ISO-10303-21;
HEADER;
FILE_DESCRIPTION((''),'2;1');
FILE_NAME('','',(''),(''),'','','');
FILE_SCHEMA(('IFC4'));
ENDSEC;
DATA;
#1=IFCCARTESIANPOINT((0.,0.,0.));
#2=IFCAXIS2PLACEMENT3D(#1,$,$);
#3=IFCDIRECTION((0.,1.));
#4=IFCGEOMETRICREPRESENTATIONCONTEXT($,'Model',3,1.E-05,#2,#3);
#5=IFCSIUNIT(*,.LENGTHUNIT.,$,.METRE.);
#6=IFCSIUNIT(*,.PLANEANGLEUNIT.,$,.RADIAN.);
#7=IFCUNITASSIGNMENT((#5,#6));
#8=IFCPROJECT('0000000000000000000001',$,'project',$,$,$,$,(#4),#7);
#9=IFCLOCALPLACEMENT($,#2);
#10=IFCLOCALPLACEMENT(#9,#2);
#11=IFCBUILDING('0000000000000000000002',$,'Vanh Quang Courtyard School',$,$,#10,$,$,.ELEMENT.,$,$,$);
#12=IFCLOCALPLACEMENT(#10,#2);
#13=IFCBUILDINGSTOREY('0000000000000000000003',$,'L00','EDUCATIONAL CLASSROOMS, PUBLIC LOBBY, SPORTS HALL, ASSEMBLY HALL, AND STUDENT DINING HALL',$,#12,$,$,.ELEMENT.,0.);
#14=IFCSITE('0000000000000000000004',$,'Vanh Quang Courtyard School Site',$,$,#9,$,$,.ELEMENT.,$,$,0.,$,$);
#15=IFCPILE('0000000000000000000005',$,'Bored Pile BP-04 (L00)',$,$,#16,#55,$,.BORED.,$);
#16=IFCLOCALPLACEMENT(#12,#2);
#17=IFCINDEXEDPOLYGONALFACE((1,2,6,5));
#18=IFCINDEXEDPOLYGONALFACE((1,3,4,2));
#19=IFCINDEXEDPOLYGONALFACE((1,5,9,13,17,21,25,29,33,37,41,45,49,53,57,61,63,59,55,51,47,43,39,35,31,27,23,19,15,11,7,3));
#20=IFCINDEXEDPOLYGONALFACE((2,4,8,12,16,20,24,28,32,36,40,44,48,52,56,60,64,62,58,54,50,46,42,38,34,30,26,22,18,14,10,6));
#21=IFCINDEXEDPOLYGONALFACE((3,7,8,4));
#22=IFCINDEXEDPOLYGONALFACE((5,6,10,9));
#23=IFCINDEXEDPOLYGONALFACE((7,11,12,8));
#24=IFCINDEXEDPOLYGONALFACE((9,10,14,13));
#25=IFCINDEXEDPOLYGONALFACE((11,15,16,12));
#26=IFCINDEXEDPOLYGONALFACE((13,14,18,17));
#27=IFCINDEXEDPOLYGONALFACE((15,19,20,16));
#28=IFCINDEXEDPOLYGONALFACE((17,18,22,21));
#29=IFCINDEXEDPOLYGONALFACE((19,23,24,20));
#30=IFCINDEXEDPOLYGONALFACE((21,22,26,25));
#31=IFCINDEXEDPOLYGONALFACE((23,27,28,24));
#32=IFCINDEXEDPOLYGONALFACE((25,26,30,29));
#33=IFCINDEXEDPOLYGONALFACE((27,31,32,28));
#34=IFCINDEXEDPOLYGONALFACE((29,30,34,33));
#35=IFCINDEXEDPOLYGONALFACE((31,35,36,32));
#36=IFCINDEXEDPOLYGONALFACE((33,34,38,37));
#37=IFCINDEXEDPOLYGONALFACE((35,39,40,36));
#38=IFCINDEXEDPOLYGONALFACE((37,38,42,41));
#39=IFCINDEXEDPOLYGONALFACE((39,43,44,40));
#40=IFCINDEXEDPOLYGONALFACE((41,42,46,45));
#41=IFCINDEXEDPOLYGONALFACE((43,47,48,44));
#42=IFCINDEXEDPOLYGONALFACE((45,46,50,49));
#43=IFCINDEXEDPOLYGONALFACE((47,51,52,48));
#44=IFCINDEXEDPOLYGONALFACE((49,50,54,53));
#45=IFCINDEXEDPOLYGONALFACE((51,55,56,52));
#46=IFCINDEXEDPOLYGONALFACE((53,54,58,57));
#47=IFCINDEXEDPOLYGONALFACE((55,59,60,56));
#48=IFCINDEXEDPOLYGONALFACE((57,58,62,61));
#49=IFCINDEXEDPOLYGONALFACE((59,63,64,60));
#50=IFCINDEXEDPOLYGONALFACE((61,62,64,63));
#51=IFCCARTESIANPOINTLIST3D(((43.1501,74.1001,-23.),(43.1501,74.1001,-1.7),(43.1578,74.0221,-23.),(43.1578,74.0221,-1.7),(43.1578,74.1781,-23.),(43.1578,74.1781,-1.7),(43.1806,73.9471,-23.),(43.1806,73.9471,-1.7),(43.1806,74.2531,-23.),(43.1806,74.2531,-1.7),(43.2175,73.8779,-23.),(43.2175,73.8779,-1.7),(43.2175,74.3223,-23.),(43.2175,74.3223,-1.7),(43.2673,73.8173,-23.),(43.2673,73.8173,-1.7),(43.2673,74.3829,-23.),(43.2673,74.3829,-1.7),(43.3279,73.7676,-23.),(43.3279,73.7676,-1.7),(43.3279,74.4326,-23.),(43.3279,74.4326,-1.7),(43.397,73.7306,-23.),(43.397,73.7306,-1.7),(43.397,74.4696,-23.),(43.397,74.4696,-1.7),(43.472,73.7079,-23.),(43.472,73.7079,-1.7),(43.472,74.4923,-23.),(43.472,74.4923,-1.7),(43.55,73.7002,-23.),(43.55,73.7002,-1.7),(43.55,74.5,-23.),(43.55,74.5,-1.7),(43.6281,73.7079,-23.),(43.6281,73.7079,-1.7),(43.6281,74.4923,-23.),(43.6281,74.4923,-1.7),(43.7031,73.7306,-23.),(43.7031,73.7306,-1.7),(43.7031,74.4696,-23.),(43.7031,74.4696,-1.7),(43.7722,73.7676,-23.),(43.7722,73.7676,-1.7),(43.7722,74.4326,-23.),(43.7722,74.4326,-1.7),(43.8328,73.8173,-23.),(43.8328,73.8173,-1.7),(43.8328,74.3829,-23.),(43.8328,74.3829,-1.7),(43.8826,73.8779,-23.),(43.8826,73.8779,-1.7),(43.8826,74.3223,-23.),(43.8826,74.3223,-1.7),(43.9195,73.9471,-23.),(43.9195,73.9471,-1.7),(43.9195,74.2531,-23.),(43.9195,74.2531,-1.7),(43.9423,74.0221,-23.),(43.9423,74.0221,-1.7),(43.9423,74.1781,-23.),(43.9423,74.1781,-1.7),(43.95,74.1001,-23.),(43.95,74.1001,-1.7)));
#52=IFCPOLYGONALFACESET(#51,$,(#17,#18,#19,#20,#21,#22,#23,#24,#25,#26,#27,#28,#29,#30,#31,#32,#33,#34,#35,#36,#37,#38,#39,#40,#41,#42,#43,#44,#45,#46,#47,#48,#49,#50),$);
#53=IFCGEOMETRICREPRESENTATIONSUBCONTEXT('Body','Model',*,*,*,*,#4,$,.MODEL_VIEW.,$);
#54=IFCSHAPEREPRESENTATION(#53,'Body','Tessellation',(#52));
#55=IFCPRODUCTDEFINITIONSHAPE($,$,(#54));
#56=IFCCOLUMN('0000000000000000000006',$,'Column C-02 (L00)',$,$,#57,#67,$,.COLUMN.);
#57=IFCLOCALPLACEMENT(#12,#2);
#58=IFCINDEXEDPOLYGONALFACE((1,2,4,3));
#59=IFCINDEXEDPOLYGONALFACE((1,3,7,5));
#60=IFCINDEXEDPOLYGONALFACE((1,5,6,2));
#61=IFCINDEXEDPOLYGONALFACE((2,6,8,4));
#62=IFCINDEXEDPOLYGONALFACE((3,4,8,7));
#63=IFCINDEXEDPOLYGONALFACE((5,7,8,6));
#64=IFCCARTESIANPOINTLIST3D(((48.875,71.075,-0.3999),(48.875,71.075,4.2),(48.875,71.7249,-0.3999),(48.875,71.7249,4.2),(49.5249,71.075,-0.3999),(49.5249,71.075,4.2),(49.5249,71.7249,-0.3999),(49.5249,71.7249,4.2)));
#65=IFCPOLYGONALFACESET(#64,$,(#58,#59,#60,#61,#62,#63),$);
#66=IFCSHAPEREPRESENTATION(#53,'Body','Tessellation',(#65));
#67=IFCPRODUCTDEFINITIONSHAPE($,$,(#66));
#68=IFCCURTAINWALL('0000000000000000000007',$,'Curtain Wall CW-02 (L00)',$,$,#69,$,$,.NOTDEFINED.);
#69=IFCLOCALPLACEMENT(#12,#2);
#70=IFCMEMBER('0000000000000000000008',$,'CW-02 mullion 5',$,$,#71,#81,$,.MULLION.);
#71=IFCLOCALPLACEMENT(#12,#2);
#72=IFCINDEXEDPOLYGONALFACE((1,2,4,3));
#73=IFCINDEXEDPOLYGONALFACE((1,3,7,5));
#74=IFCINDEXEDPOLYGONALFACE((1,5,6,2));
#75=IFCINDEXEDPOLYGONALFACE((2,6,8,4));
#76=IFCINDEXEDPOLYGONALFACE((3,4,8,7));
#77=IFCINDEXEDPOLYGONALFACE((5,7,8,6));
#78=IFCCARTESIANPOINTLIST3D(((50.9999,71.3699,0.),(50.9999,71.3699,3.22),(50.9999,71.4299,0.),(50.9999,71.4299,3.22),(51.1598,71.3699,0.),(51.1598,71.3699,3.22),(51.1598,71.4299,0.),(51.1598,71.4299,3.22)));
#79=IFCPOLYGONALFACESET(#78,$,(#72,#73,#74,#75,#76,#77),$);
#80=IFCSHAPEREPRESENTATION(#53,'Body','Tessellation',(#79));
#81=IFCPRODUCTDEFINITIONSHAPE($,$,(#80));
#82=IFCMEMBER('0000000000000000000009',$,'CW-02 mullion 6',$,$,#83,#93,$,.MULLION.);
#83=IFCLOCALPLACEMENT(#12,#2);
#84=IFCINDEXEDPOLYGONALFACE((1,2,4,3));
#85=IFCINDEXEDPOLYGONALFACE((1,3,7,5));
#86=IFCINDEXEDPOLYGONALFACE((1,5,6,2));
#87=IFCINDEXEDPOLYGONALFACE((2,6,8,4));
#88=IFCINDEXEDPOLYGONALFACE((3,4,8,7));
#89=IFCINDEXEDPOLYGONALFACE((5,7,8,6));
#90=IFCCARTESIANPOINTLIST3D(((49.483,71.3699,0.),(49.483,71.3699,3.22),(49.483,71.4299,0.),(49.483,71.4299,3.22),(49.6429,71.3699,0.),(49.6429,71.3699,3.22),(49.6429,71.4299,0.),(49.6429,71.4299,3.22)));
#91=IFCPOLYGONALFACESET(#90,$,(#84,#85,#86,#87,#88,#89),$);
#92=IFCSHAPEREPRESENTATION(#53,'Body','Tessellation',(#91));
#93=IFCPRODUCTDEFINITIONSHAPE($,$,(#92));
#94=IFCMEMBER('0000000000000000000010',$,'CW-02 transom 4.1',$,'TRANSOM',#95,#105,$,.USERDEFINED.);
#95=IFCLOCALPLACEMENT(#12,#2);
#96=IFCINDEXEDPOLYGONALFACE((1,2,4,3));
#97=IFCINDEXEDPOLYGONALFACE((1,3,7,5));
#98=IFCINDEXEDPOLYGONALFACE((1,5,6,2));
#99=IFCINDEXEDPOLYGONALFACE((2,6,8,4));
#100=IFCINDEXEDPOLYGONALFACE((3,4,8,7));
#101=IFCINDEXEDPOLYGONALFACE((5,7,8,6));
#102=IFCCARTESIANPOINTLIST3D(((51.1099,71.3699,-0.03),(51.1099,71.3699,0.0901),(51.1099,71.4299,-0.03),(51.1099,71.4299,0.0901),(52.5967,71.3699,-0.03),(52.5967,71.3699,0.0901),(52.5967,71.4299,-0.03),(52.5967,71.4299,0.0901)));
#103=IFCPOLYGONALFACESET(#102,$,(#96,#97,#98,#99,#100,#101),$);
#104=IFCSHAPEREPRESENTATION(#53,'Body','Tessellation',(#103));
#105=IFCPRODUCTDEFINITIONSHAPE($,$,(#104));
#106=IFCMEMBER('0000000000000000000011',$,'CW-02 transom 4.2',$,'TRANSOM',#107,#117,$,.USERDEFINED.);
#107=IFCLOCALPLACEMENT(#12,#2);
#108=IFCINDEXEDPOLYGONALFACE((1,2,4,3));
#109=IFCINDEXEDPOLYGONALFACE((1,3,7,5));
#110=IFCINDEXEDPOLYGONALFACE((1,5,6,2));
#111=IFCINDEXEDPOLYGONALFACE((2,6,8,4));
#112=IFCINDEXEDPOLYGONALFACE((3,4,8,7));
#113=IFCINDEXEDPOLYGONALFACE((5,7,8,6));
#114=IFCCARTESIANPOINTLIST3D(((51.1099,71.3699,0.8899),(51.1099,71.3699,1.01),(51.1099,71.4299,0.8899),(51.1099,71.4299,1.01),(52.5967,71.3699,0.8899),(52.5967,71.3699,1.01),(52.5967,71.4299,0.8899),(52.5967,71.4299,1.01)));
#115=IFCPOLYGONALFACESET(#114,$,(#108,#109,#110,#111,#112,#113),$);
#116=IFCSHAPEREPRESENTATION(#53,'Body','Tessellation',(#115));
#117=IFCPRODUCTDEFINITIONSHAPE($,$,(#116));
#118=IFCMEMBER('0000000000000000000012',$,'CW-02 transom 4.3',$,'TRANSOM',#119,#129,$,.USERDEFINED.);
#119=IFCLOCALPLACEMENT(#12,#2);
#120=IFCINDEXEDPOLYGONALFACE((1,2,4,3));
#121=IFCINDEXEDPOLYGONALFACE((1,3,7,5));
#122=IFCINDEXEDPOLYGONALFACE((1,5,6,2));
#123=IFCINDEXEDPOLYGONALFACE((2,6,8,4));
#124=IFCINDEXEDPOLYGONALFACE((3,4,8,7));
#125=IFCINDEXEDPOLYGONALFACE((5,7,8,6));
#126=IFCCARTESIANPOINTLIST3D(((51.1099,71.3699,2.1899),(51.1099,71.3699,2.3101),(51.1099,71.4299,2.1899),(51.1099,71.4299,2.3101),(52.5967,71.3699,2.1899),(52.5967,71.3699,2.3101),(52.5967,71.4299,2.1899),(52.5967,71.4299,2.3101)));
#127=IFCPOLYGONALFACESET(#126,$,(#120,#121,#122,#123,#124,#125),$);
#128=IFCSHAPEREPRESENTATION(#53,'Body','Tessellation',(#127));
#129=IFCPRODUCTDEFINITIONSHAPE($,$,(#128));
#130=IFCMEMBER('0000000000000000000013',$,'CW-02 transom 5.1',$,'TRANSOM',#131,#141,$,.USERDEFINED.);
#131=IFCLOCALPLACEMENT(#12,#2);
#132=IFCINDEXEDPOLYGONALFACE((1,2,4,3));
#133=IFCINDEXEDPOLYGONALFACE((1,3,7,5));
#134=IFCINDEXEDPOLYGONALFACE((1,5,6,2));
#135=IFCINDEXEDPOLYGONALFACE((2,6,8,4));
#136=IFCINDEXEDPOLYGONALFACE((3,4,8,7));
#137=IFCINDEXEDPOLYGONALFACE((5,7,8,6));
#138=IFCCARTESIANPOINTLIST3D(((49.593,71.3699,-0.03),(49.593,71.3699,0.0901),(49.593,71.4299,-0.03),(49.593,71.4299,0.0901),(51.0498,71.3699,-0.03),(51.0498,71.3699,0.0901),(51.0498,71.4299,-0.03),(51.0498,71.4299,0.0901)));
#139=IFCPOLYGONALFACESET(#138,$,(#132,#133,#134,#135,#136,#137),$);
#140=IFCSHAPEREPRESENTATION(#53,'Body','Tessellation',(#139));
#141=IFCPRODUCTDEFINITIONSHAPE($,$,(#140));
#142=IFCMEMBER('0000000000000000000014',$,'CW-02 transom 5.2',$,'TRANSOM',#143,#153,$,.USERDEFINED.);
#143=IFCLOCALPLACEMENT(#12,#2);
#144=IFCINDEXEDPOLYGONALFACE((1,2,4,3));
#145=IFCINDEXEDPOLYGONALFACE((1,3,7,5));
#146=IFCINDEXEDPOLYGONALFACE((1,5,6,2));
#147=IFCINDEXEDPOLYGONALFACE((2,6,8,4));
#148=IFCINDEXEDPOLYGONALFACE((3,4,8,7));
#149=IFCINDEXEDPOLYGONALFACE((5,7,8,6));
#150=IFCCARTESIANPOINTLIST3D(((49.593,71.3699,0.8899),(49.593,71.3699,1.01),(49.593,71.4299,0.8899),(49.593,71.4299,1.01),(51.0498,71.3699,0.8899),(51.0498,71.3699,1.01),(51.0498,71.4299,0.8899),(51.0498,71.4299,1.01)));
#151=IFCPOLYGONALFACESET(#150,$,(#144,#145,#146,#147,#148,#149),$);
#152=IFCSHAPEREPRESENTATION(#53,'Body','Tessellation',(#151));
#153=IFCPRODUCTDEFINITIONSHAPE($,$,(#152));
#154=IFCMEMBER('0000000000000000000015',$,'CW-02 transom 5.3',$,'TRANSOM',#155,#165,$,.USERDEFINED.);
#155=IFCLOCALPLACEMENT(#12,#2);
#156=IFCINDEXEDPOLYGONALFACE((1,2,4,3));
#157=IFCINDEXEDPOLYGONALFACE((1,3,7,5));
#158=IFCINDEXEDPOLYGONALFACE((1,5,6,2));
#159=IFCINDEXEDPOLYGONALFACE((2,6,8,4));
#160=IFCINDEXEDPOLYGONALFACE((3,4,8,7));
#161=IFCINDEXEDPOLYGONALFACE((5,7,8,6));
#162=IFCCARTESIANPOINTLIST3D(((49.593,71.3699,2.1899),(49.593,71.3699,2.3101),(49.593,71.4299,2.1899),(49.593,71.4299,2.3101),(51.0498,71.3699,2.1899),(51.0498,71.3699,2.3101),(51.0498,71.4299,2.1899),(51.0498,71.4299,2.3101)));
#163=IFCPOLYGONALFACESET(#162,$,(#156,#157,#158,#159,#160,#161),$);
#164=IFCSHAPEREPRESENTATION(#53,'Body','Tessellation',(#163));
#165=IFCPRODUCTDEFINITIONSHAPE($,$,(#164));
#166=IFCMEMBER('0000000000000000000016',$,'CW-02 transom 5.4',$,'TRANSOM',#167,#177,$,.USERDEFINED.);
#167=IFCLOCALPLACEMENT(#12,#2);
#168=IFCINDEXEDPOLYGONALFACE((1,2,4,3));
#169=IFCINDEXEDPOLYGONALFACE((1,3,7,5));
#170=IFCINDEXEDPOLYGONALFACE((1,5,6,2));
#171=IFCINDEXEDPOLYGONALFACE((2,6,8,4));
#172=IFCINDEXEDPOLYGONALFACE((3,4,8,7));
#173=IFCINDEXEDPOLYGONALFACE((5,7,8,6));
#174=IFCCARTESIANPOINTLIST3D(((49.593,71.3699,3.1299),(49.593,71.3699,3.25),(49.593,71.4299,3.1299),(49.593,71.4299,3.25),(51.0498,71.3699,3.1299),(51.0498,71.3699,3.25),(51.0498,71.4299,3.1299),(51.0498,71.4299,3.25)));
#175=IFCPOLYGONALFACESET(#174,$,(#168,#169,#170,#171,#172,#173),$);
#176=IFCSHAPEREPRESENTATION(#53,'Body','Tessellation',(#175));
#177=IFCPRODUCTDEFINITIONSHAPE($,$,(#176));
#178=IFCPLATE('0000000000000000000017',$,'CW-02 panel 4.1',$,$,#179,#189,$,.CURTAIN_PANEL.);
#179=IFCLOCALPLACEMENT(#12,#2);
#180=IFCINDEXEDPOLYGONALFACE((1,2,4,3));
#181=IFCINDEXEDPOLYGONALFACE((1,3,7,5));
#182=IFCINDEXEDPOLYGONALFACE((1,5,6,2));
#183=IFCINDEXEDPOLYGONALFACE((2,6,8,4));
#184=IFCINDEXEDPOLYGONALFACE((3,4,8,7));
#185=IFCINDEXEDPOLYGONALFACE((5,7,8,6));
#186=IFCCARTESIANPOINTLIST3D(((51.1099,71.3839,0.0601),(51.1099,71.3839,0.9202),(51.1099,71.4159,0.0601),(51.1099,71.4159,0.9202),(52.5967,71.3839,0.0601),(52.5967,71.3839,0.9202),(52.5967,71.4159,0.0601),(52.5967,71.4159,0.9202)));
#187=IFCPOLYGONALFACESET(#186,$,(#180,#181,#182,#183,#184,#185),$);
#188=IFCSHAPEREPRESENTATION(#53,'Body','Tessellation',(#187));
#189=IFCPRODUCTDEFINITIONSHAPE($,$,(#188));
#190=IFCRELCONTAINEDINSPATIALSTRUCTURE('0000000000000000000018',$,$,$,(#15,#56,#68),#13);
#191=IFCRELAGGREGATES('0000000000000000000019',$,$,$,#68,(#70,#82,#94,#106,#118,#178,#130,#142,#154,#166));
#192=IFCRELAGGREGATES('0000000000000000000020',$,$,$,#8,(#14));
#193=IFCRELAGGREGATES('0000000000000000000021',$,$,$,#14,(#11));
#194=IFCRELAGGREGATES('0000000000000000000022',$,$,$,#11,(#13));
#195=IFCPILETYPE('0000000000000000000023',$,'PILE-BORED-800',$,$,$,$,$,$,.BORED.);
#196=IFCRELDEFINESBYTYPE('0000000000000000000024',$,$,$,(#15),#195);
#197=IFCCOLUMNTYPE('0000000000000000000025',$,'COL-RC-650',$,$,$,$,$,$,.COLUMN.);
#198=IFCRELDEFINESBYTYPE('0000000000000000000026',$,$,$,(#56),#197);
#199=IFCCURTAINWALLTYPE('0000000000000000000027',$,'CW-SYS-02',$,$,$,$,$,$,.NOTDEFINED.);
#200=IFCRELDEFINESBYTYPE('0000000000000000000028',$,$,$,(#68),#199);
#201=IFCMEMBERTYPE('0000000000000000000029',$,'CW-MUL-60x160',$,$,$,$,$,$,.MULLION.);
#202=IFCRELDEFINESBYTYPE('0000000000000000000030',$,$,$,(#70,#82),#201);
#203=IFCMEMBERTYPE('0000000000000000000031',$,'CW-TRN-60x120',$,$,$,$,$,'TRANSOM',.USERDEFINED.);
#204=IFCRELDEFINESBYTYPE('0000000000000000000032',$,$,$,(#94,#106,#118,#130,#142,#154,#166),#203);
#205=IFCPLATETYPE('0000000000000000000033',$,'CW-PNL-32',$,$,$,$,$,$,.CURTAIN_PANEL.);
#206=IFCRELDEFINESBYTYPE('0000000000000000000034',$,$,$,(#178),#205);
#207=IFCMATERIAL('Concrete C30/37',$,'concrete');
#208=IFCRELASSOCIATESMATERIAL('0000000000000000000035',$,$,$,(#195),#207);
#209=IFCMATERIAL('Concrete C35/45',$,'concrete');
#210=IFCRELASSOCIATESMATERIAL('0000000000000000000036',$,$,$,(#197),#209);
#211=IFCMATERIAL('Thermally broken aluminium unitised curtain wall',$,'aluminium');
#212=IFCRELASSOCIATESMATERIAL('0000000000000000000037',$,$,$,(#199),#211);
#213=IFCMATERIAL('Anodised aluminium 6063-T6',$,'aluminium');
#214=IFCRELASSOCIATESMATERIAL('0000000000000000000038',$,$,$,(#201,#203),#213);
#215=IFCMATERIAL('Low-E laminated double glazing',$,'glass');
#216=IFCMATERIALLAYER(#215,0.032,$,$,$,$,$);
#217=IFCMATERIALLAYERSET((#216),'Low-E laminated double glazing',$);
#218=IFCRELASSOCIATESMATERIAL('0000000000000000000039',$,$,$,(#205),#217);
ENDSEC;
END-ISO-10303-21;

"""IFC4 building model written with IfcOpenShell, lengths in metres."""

from ifc_helpers import new_model, si_unit, direction, frame, origin, origin_2d, place, context, subcontext, project, spatial, rectangle, circle, extrude, material, layer, layer_set, material_profile, profile_set, type_object, element, aggregate, save


model = new_model("IFC4")

# Units and contexts
model_context = context("Model", 3, precision=1e-05, world=origin(), true_north=direction((0.0, 1.0)))
body_context = subcontext(model_context, "Body", "Model", "MODEL_VIEW")
ifc_project = project(units=[si_unit("LENGTHUNIT", "METRE"), si_unit("PLANEANGLEUNIT", "RADIAN")], contexts=[model_context])

# Site, building, storey
site_placement = place(None, origin())
site = spatial("IfcSite", under=ifc_project, at=site_placement, Name="Vanh Quang Courtyard School Site", CompositionType="ELEMENT", RefElevation=0.0)
building_placement = place(site_placement, origin())
building = spatial("IfcBuilding", under=site, at=building_placement, Name="Vanh Quang Courtyard School", CompositionType="ELEMENT")
storey_placement = place(building_placement, origin())
storey = spatial("IfcBuildingStorey", under=building, at=storey_placement, Name="L00", Description="EDUCATIONAL CLASSROOMS, PUBLIC LOBBY, SPORTS HALL, ASSEMBLY HALL, AND STUDENT DINING HALL", CompositionType="ELEMENT", Elevation=0.0)

# Shared definitions
ifc_material_1 = material(Name="Concrete C35/45", Category="concrete")

# Pile
ifc_material_2 = material(Name="Concrete C30/37", Category="concrete")
ifc_material_profile_1 = material_profile(ifc_material_2, circle(Radius=0.3999, at=origin_2d()), Name="PILE D800")
ifc_profile_set_1 = profile_set([ifc_material_profile_1], Name="Concrete C30/37")
pile_type_1 = type_object("IfcPileType", Name="PILE-BORED-800", PredefinedType="BORED", material=ifc_profile_set_1)
for number, where, z_axis, x_axis, name in (
    (1, (43.55, 74.1001, -1.7), (0.0, 0.0, -1.0), (1.0, 0.0, 0.0), "Bored Pile BP-04 (L00)"),
):
    element("IfcPile", number, at=place(storey_placement, frame(where, z_axis=z_axis, x_axis=x_axis)), inside=storey, type_object=pile_type_1, Name=name, PredefinedType="BORED", context=body_context, shape_type="SweptSolid", body=[
        extrude(circle(Radius=0.3999, at=origin_2d()), origin(), (0.0, 0.0, 1.0), 21.3),
    ])

# Column
ifc_material_profile_2 = material_profile(ifc_material_1, rectangle(XDim=0.6499, YDim=0.6499, at=origin_2d()), Name="RC-COL 650x650")
ifc_profile_set_2 = profile_set([ifc_material_profile_2], Name="Concrete C35/45")
column_type = type_object("IfcColumnType", Name="COL-RC-650", PredefinedType="COLUMN", material=ifc_profile_set_2)
column_placement = place(storey_placement, frame((49.2, 71.3999, -0.3999), z_axis=(0.0, 0.0, 1.0), x_axis=(1.0, 0.0, 0.0)))
element("IfcColumn", 2, at=column_placement, inside=storey, type_object=column_type, Name="Column C-02 (L00)", PredefinedType="COLUMN", context=body_context, shape_type="SweptSolid", body=[
    extrude(rectangle(XDim=0.6499, YDim=0.6499, at=origin_2d()), origin(), (0.0, 0.0, 1.0), 4.5999),
])

# Curtain wall, members, plate
ifc_material_3 = material(Name="Thermally broken aluminium unitised curtain wall", Category="aluminium")
curtain_wall_type = type_object("IfcCurtainWallType", Name="CW-SYS-02", PredefinedType="NOTDEFINED", material=ifc_material_3)
curtain_wall_placement = place(storey_placement, origin())
curtain_wall = element("IfcCurtainWall", 3, at=curtain_wall_placement, inside=storey, type_object=curtain_wall_type, Name="Curtain Wall CW-02 (L00)", PredefinedType="NOTDEFINED")
ifc_material_4 = material(Name="Anodised aluminium 6063-T6", Category="aluminium")
ifc_material_profile_3 = material_profile(ifc_material_4, rectangle(XDim=0.0601, YDim=0.1599, at=origin_2d()), Name="ALU-MUL 60x160")
ifc_profile_set_3 = profile_set([ifc_material_profile_3], Name="Anodised aluminium 6063-T6")
member_type_1 = type_object("IfcMemberType", Name="CW-MUL-60x160", PredefinedType="MULLION", material=ifc_profile_set_3)
member_1_placement = place(storey_placement, frame((51.0798, 71.3999, 0.0), z_axis=(0.0, 0.0, 1.0), x_axis=(0.0, -1.0, 0.0)))
member_1 = element("IfcMember", 4, at=member_1_placement, type_object=member_type_1, Name="CW-02 mullion 5", PredefinedType="MULLION", context=body_context, shape_type="SweptSolid", body=[
    extrude(rectangle(XDim=0.0601, YDim=0.1599, at=origin_2d()), origin(), (0.0, 0.0, 1.0), 3.22),
])
member_2_placement = place(storey_placement, frame((49.563, 71.3999, 0.0), z_axis=(0.0, 0.0, 1.0), x_axis=(0.0, -1.0, 0.0)))
member_2 = element("IfcMember", 5, at=member_2_placement, type_object=member_type_1, Name="CW-02 mullion 6", PredefinedType="MULLION", context=body_context, shape_type="SweptSolid", body=[
    extrude(rectangle(XDim=0.0601, YDim=0.1599, at=origin_2d()), origin(), (0.0, 0.0, 1.0), 3.22),
])
ifc_material_profile_4 = material_profile(ifc_material_4, rectangle(XDim=0.0601, YDim=0.1201, at=origin_2d()), Name="ALU-TRN 60x120")
ifc_profile_set_4 = profile_set([ifc_material_profile_4], Name="Anodised aluminium 6063-T6")
member_type_2 = type_object("IfcMemberType", Name="CW-TRN-60x120", ElementType="TRANSOM", PredefinedType="USERDEFINED", material=ifc_profile_set_4)
member_3_placement = place(storey_placement, frame((52.5967, 71.3999, 0.03), z_axis=(-1.0, 0.0, 0.0), x_axis=(0.0, -1.0, 0.0)))
member_3 = element("IfcMember", 6, at=member_3_placement, type_object=member_type_2, Name="CW-02 transom 4.1", ObjectType="TRANSOM", PredefinedType="USERDEFINED", context=body_context, shape_type="SweptSolid", body=[
    extrude(rectangle(XDim=0.0601, YDim=0.1201, at=origin_2d()), origin(), (0.0, 0.0, 1.0), 1.4868),
])
member_4_placement = place(storey_placement, frame((52.5967, 71.3999, 0.95), z_axis=(-1.0, 0.0, 0.0), x_axis=(0.0, -1.0, 0.0)))
member_4 = element("IfcMember", 7, at=member_4_placement, type_object=member_type_2, Name="CW-02 transom 4.2", ObjectType="TRANSOM", PredefinedType="USERDEFINED", context=body_context, shape_type="SweptSolid", body=[
    extrude(rectangle(XDim=0.0601, YDim=0.1201, at=origin_2d()), origin(), (0.0, 0.0, 1.0), 1.4868),
])
member_5_placement = place(storey_placement, frame((52.5967, 71.3999, 2.25), z_axis=(-1.0, 0.0, 0.0), x_axis=(0.0, -1.0, 0.0)))
member_5 = element("IfcMember", 8, at=member_5_placement, type_object=member_type_2, Name="CW-02 transom 4.3", ObjectType="TRANSOM", PredefinedType="USERDEFINED", context=body_context, shape_type="SweptSolid", body=[
    extrude(rectangle(XDim=0.0601, YDim=0.1201, at=origin_2d()), origin(), (0.0, 0.0, 1.0), 1.4868),
])
member_6_placement = place(storey_placement, frame((51.0498, 71.3999, 0.03), z_axis=(-1.0, 0.0, 0.0), x_axis=(0.0, -1.0, 0.0)))
member_6 = element("IfcMember", 9, at=member_6_placement, type_object=member_type_2, Name="CW-02 transom 5.1", ObjectType="TRANSOM", PredefinedType="USERDEFINED", context=body_context, shape_type="SweptSolid", body=[
    extrude(rectangle(XDim=0.0601, YDim=0.1201, at=origin_2d()), origin(), (0.0, 0.0, 1.0), 1.4568),
])
member_7_placement = place(storey_placement, frame((51.0498, 71.3999, 0.95), z_axis=(-1.0, 0.0, 0.0), x_axis=(0.0, -1.0, 0.0)))
member_7 = element("IfcMember", 10, at=member_7_placement, type_object=member_type_2, Name="CW-02 transom 5.2", ObjectType="TRANSOM", PredefinedType="USERDEFINED", context=body_context, shape_type="SweptSolid", body=[
    extrude(rectangle(XDim=0.0601, YDim=0.1201, at=origin_2d()), origin(), (0.0, 0.0, 1.0), 1.4568),
])
member_8_placement = place(storey_placement, frame((51.0498, 71.3999, 2.25), z_axis=(-1.0, 0.0, 0.0), x_axis=(0.0, -1.0, 0.0)))
member_8 = element("IfcMember", 11, at=member_8_placement, type_object=member_type_2, Name="CW-02 transom 5.3", ObjectType="TRANSOM", PredefinedType="USERDEFINED", context=body_context, shape_type="SweptSolid", body=[
    extrude(rectangle(XDim=0.0601, YDim=0.1201, at=origin_2d()), origin(), (0.0, 0.0, 1.0), 1.4568),
])
member_9_placement = place(storey_placement, frame((51.0498, 71.3999, 3.1899), z_axis=(-1.0, 0.0, 0.0), x_axis=(0.0, -1.0, 0.0)))
member_9 = element("IfcMember", 12, at=member_9_placement, type_object=member_type_2, Name="CW-02 transom 5.4", ObjectType="TRANSOM", PredefinedType="USERDEFINED", context=body_context, shape_type="SweptSolid", body=[
    extrude(rectangle(XDim=0.0601, YDim=0.1201, at=origin_2d()), origin(), (0.0, 0.0, 1.0), 1.4568),
])
ifc_material_5 = material(Name="Low-E laminated double glazing", Category="glass")
ifc_layer_1 = layer(ifc_material_5, 0.032)
ifc_layer_set_1 = layer_set([ifc_layer_1], Name="Low-E laminated double glazing")
plate_type = type_object("IfcPlateType", Name="CW-PNL-32", PredefinedType="CURTAIN_PANEL", material=ifc_layer_set_1)
plate_1_placement = place(storey_placement, frame((51.8533, 71.3999, 0.0601), z_axis=(0.0, 0.0, 1.0), x_axis=(-1.0, 0.0, 0.0)))
plate_1 = element("IfcPlate", 13, at=plate_1_placement, type_object=plate_type, Name="CW-02 panel 4.1", PredefinedType="CURTAIN_PANEL", context=body_context, shape_type="SweptSolid", body=[
    extrude(rectangle(XDim=1.4868, YDim=0.032, at=origin_2d()), origin(), (0.0, 0.0, 1.0), 0.8601),
])
aggregate(curtain_wall, [member_1, member_2, member_3, member_4, member_5, plate_1, member_6, member_7, member_8, member_9])

save(model, "model.ifc")
